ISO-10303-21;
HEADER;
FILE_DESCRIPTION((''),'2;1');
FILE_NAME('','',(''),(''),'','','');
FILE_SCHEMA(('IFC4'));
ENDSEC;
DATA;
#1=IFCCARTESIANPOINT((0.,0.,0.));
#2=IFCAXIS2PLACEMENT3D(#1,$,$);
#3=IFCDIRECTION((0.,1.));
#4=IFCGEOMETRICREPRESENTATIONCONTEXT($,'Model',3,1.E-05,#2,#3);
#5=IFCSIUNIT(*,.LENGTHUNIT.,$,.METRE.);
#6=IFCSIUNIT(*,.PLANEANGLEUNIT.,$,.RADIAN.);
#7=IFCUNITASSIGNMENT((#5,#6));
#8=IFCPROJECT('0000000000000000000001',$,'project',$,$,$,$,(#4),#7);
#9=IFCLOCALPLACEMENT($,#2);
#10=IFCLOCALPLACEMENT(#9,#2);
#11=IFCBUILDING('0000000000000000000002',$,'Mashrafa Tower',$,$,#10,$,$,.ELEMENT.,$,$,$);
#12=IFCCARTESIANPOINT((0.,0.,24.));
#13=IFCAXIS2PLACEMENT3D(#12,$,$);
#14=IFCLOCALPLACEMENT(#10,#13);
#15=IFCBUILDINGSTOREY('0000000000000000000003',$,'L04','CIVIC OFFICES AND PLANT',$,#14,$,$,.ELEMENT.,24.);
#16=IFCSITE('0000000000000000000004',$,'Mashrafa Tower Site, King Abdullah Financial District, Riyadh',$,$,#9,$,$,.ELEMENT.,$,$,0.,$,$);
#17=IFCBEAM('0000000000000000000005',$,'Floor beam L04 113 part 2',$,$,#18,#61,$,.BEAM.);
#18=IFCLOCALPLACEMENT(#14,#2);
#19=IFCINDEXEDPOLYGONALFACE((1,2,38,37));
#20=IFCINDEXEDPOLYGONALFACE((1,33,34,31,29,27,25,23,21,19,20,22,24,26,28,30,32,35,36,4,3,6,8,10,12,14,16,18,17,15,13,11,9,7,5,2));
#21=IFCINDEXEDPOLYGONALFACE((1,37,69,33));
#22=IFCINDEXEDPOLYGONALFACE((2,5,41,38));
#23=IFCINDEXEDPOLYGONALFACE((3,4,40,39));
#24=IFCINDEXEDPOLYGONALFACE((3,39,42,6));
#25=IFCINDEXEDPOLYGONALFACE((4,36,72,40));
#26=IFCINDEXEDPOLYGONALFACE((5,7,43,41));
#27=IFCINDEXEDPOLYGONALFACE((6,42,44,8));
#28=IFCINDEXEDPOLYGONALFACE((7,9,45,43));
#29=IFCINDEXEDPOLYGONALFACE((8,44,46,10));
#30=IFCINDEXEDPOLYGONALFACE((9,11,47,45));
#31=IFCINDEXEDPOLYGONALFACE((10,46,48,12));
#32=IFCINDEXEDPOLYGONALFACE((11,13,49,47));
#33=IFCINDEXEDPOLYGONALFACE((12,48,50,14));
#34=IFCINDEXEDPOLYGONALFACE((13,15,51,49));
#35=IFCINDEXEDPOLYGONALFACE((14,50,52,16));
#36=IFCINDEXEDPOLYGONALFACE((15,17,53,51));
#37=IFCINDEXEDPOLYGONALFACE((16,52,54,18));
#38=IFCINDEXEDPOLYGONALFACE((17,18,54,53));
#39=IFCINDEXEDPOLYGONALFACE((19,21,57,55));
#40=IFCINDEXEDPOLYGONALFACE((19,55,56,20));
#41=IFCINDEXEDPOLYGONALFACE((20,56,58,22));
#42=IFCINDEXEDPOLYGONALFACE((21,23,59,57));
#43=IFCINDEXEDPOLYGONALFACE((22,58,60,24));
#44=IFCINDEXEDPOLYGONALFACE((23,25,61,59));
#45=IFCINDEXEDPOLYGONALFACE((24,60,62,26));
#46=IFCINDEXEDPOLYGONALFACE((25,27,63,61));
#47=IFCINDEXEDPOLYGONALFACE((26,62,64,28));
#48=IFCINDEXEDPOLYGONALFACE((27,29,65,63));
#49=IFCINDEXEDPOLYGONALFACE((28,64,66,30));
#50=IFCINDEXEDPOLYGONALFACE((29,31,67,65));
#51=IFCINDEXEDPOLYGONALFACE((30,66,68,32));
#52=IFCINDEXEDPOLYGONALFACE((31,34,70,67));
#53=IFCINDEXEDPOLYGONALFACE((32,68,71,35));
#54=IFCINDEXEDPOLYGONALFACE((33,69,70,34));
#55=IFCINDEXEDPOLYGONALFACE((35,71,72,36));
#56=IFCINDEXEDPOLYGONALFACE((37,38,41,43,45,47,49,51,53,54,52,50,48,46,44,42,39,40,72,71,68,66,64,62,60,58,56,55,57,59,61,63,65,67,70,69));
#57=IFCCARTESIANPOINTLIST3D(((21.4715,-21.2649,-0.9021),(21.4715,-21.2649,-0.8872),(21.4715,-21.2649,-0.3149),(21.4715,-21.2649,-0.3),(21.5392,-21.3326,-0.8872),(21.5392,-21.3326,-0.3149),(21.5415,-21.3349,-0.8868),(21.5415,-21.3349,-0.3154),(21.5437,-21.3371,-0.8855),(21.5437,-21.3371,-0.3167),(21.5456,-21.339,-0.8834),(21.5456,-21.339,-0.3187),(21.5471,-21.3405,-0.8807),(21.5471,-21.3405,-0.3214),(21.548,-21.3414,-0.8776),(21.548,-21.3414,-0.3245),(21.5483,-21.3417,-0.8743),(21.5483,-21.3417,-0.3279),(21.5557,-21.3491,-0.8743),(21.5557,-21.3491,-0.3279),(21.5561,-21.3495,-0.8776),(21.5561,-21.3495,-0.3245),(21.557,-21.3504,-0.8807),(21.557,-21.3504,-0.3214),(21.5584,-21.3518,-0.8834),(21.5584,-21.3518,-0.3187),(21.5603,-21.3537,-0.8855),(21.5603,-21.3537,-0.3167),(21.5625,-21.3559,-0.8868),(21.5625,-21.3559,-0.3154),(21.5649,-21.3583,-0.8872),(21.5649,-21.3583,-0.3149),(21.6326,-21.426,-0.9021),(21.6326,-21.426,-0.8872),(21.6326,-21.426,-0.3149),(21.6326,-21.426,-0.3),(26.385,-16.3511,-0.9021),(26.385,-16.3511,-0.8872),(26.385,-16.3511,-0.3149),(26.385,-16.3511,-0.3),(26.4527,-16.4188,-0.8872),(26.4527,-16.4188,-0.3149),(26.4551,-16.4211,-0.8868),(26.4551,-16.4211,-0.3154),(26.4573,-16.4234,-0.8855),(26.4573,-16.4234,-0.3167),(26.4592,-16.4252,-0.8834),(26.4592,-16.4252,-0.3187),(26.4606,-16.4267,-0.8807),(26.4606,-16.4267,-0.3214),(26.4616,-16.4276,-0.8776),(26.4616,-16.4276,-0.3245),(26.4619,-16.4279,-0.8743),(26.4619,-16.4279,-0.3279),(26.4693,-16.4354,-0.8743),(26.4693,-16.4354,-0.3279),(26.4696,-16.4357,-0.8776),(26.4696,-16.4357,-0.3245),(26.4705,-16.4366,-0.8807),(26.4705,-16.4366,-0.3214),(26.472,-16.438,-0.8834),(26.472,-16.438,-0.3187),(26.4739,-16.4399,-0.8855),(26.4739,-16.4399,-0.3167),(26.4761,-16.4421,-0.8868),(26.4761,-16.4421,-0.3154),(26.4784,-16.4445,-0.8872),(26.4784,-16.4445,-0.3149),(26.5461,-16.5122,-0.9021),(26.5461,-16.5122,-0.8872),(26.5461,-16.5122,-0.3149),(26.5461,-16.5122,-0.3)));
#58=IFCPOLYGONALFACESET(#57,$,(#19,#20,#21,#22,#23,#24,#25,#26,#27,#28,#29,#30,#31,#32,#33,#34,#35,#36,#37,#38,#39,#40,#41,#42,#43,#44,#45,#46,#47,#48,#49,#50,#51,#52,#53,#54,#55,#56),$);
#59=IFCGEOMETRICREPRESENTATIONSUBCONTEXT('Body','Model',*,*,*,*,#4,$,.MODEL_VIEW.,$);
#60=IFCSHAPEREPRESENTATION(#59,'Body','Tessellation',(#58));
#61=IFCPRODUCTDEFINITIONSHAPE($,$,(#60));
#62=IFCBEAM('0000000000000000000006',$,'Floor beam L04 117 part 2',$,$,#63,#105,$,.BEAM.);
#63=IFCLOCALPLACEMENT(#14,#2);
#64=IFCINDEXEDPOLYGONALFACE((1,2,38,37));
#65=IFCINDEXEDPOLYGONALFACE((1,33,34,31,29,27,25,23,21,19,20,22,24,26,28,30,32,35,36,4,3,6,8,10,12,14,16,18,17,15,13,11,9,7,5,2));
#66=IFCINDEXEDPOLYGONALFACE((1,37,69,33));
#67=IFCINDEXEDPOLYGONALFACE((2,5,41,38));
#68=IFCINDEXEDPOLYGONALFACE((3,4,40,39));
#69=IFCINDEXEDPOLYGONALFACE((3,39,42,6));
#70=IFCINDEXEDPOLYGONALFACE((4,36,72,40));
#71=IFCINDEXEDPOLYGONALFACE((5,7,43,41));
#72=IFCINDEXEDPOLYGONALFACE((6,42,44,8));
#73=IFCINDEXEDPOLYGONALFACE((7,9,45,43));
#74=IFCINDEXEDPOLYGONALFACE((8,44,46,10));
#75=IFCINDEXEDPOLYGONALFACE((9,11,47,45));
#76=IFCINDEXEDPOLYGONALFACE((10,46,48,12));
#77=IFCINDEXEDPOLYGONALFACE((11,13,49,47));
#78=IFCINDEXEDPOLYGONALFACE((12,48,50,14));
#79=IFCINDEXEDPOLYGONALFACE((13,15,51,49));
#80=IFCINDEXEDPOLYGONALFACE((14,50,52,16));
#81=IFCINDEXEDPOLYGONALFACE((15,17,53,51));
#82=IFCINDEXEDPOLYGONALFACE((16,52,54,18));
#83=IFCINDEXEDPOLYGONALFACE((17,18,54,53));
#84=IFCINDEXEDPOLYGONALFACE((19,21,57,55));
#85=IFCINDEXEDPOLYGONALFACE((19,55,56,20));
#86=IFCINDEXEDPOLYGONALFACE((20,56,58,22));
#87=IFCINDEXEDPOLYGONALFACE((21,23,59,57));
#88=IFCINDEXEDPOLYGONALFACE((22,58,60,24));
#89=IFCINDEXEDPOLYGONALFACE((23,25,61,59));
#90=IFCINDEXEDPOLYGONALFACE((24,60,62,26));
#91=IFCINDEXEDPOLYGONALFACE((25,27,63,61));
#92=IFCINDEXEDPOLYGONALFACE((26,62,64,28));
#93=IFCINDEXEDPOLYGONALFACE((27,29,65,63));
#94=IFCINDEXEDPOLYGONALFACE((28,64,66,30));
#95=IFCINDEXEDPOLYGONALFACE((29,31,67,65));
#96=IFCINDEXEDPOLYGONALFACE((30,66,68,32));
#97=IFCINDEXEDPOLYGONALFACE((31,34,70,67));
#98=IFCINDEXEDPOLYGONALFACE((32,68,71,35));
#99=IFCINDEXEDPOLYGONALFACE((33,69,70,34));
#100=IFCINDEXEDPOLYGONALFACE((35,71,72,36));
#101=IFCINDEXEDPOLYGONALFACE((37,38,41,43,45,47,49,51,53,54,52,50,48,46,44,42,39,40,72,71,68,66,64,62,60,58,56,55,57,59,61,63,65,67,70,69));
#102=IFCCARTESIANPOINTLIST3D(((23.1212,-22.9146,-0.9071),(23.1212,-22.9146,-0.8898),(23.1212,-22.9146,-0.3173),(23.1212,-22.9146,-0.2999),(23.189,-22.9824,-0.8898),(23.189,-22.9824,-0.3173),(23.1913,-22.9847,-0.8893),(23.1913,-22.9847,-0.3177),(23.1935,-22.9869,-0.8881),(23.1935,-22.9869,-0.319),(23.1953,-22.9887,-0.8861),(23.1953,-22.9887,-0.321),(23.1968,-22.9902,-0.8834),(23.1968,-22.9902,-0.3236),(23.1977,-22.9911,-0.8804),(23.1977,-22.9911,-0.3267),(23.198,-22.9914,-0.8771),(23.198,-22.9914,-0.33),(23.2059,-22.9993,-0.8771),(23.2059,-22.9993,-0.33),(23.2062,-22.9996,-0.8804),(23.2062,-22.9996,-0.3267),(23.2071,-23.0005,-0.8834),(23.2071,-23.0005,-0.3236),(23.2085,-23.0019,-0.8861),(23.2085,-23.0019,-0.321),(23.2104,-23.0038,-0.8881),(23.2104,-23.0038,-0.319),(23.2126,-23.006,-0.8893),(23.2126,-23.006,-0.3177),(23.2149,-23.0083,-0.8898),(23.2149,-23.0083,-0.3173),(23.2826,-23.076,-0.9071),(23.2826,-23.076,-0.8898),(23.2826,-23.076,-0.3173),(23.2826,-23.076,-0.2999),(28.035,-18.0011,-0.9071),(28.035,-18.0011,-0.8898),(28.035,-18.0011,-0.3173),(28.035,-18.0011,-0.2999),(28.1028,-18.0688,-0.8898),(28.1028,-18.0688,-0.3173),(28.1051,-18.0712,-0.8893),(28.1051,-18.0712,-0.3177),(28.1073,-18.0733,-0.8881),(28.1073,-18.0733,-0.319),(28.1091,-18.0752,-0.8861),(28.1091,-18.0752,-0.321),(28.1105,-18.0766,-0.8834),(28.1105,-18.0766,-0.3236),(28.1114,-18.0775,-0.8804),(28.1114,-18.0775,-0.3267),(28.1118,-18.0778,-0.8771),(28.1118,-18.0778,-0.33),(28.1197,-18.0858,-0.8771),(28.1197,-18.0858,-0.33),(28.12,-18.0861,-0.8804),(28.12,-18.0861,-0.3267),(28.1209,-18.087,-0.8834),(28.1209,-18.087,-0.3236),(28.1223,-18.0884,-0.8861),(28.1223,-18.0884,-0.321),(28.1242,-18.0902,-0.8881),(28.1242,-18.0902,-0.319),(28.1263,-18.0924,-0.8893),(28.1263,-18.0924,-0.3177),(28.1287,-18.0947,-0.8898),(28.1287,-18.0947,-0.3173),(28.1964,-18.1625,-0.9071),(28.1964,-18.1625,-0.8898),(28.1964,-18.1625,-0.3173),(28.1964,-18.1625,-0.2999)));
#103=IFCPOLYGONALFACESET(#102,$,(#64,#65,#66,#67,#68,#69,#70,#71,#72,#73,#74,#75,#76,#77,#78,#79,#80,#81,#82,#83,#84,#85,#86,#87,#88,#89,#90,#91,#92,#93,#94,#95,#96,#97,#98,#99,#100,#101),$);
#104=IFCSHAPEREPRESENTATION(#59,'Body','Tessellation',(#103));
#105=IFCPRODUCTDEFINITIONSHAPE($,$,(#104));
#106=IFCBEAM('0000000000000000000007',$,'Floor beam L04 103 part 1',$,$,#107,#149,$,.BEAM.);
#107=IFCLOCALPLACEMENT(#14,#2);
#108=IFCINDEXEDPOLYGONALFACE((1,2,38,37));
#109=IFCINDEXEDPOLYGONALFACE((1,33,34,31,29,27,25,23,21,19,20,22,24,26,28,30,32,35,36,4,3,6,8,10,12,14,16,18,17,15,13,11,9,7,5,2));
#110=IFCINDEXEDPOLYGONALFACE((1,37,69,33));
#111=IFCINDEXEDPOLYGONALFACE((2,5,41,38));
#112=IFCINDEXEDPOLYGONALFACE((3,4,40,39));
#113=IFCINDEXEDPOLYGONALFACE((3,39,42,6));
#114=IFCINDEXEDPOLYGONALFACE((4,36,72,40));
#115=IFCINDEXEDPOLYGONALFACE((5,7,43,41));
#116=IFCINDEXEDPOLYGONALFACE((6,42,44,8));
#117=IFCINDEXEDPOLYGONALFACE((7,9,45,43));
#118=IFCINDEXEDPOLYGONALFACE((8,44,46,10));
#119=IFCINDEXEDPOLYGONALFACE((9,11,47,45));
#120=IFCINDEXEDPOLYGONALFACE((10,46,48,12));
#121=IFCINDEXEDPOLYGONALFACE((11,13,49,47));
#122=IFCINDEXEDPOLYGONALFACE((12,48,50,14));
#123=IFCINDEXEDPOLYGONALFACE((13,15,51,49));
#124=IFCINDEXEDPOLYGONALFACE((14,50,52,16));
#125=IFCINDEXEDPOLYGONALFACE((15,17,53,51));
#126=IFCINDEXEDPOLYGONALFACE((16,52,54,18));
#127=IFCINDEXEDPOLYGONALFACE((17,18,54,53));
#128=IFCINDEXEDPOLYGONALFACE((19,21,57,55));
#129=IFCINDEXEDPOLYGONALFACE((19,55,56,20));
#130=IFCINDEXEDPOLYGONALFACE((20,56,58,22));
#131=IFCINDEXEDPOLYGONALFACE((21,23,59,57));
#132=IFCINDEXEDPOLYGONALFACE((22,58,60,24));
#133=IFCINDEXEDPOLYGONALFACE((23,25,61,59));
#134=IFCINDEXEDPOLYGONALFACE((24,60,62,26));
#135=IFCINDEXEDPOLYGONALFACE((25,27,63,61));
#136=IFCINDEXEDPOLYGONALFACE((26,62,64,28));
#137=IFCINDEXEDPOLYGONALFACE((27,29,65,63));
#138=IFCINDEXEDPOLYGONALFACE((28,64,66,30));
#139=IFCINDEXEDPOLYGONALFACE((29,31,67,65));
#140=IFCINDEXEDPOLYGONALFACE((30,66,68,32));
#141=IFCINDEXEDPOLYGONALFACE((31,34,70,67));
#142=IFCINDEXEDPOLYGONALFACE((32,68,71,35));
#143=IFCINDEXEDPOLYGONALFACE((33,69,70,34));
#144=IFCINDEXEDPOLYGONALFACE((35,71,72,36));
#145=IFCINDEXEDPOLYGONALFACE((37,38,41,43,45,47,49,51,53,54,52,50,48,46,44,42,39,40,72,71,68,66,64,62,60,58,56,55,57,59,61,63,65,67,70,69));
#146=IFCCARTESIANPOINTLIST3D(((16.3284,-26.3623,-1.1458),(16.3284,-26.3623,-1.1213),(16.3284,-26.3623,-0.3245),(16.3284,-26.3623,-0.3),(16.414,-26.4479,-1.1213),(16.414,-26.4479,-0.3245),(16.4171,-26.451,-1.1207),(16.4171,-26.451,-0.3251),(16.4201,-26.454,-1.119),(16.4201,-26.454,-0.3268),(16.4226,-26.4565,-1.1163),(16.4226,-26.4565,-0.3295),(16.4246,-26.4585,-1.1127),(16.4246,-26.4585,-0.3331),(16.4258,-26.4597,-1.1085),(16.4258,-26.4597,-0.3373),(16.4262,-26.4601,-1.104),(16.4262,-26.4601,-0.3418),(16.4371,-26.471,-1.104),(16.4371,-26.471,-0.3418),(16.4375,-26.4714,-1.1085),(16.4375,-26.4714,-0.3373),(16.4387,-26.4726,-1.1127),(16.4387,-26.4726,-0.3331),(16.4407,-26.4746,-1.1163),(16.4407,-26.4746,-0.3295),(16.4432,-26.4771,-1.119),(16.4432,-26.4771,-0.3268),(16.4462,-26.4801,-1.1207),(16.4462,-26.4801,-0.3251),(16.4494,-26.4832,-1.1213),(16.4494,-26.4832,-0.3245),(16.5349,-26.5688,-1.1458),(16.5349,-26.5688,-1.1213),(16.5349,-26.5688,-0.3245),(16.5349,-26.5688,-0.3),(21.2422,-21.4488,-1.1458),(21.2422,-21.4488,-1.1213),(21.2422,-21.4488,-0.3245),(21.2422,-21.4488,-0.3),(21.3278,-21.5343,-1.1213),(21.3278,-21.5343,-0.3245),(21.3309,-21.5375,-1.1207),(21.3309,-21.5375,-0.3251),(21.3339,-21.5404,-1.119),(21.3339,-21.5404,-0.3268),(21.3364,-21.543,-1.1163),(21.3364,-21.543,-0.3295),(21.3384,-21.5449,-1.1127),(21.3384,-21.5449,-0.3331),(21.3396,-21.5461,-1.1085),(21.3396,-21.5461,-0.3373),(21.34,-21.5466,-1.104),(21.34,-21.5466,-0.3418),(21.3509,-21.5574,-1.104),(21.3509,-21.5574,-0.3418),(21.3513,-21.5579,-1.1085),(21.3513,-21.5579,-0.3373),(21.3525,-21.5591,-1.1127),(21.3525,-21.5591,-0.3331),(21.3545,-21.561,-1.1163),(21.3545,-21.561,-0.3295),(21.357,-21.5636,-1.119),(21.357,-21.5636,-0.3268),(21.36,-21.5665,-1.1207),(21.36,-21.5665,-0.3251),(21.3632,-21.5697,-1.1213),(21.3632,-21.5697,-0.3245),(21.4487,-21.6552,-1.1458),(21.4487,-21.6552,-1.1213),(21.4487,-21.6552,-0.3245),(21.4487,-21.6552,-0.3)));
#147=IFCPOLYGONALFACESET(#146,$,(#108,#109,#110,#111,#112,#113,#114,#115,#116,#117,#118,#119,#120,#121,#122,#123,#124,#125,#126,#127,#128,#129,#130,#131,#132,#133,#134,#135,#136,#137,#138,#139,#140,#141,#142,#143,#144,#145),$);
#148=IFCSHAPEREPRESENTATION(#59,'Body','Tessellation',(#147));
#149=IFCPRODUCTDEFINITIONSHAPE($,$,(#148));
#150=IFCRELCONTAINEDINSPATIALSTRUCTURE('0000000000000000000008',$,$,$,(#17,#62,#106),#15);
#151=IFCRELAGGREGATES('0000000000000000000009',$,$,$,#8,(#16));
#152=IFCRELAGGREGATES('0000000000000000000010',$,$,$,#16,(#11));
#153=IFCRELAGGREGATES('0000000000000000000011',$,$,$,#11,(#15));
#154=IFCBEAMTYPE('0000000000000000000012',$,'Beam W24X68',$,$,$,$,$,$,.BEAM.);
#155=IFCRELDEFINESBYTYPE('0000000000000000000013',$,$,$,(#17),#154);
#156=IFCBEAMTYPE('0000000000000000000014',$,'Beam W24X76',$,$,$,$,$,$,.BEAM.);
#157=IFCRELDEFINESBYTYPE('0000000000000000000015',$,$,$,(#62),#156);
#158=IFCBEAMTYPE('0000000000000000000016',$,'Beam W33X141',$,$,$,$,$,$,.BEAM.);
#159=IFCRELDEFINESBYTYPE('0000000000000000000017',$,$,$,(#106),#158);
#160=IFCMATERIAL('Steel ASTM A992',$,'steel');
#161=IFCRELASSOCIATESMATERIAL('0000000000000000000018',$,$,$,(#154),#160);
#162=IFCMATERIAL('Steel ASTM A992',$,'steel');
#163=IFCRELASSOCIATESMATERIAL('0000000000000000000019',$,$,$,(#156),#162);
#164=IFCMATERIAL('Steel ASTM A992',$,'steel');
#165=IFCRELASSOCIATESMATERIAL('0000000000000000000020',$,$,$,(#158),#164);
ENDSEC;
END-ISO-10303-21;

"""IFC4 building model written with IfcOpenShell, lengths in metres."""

from ifc_helpers import new_model, si_unit, direction, frame, origin, origin_2d, place, context, subcontext, project, spatial, i_section, extrude, material, material_profile, profile_set, type_object, element, save


model = new_model("IFC4")

# Units and contexts
model_context = context("Model", 3, precision=1e-05, world=origin(), true_north=direction((0.0, 1.0)))
body_context = subcontext(model_context, "Body", "Model", "MODEL_VIEW")
ifc_project = project(units=[si_unit("LENGTHUNIT", "METRE"), si_unit("PLANEANGLEUNIT", "RADIAN")], contexts=[model_context])

# Site, building, storey
site_placement = place(None, origin())
site = spatial("IfcSite", under=ifc_project, at=site_placement, Name="Mashrafa Tower Site, King Abdullah Financial District, Riyadh", CompositionType="ELEMENT", RefElevation=0.0)
building_placement = place(site_placement, origin())
building = spatial("IfcBuilding", under=site, at=building_placement, Name="Mashrafa Tower", CompositionType="ELEMENT")
storey_placement = place(building_placement, frame((0.0, 0.0, 24.0)))
storey = spatial("IfcBuildingStorey", under=building, at=storey_placement, Name="L04", Description="CIVIC OFFICES AND PLANT", CompositionType="ELEMENT", Elevation=24.0)

# Beams
ifc_material_1 = material(Name="Steel ASTM A992", Category="steel")
ifc_material_profile_1 = material_profile(ifc_material_1, i_section(OverallWidth=0.2278, OverallDepth=0.6021, WebThickness=0.0105, FlangeThickness=0.0149, FilletRadius=0.0129, at=origin_2d()), Name="W24X68")
ifc_profile_set_1 = profile_set([ifc_material_profile_1], Name="Steel ASTM A992")
beam_type_1 = type_object("IfcBeamType", Name="Beam W24X68", PredefinedType="BEAM", material=ifc_profile_set_1)
beam_1_placement = place(storey_placement, frame((26.4656, -16.4316, -0.6011), z_axis=(-0.707089, -0.707124, 0.0), x_axis=(0.707124, -0.707089, 0.0)))
element("IfcBeam", 1, at=beam_1_placement, inside=storey, type_object=beam_type_1, Name="Floor beam L04 113 part 2", PredefinedType="BEAM", context=body_context, shape_type="SweptSolid", body=[
    extrude(i_section(OverallWidth=0.2278, OverallDepth=0.6021, WebThickness=0.0105, FlangeThickness=0.0149, FilletRadius=0.0129, at=origin_2d()), origin(), (0.0, 0.0, 1.0), 6.949),
])
ifc_material_2 = material(Name="Steel ASTM A992", Category="steel")
ifc_material_profile_2 = material_profile(ifc_material_2, i_section(OverallWidth=0.2283, OverallDepth=0.6072, WebThickness=0.0112, FlangeThickness=0.0173, FilletRadius=0.0127, at=origin_2d()), Name="W24X76")
ifc_profile_set_2 = profile_set([ifc_material_profile_2], Name="Steel ASTM A992")
beam_type_2 = type_object("IfcBeamType", Name="Beam W24X76", PredefinedType="BEAM", material=ifc_profile_set_2)
beam_2_placement = place(storey_placement, frame((28.1157, -18.0818, -0.6035), z_axis=(-0.707124, -0.707089, 0.0), x_axis=(0.707089, -0.707124, 0.0)))
element("IfcBeam", 2, at=beam_2_placement, inside=storey, type_object=beam_type_2, Name="Floor beam L04 117 part 2", PredefinedType="BEAM", context=body_context, shape_type="SweptSolid", body=[
    extrude(i_section(OverallWidth=0.2283, OverallDepth=0.6072, WebThickness=0.0112, FlangeThickness=0.0173, FilletRadius=0.0127, at=origin_2d()), origin(), (0.0, 0.0, 1.0), 6.949),
])
ifc_material_3 = material(Name="Steel ASTM A992", Category="steel")
ifc_material_profile_3 = material_profile(ifc_material_3, i_section(OverallWidth=0.292, OverallDepth=0.8457, WebThickness=0.0154, FlangeThickness=0.0244, FilletRadius=0.0173, at=origin_2d()), Name="W33X141")
ifc_profile_set_3 = profile_set([ifc_material_profile_3], Name="Steel ASTM A992")
beam_type_3 = type_object("IfcBeamType", Name="Beam W33X141", PredefinedType="BEAM", material=ifc_profile_set_3)
beam_3_placement = place(storey_placement, frame((21.3455, -21.552, -0.7229), z_axis=(-0.707124, -0.707089, 0.0), x_axis=(0.707089, -0.707124, 0.0)))
element("IfcBeam", 3, at=beam_3_placement, inside=storey, type_object=beam_type_3, Name="Floor beam L04 103 part 1", PredefinedType="BEAM", context=body_context, shape_type="SweptSolid", body=[
    extrude(i_section(OverallWidth=0.292, OverallDepth=0.8457, WebThickness=0.0154, FlangeThickness=0.0244, FilletRadius=0.0173, at=origin_2d()), origin(), (0.0, 0.0, 1.0), 6.949),
])

save(model, "model.ifc")
